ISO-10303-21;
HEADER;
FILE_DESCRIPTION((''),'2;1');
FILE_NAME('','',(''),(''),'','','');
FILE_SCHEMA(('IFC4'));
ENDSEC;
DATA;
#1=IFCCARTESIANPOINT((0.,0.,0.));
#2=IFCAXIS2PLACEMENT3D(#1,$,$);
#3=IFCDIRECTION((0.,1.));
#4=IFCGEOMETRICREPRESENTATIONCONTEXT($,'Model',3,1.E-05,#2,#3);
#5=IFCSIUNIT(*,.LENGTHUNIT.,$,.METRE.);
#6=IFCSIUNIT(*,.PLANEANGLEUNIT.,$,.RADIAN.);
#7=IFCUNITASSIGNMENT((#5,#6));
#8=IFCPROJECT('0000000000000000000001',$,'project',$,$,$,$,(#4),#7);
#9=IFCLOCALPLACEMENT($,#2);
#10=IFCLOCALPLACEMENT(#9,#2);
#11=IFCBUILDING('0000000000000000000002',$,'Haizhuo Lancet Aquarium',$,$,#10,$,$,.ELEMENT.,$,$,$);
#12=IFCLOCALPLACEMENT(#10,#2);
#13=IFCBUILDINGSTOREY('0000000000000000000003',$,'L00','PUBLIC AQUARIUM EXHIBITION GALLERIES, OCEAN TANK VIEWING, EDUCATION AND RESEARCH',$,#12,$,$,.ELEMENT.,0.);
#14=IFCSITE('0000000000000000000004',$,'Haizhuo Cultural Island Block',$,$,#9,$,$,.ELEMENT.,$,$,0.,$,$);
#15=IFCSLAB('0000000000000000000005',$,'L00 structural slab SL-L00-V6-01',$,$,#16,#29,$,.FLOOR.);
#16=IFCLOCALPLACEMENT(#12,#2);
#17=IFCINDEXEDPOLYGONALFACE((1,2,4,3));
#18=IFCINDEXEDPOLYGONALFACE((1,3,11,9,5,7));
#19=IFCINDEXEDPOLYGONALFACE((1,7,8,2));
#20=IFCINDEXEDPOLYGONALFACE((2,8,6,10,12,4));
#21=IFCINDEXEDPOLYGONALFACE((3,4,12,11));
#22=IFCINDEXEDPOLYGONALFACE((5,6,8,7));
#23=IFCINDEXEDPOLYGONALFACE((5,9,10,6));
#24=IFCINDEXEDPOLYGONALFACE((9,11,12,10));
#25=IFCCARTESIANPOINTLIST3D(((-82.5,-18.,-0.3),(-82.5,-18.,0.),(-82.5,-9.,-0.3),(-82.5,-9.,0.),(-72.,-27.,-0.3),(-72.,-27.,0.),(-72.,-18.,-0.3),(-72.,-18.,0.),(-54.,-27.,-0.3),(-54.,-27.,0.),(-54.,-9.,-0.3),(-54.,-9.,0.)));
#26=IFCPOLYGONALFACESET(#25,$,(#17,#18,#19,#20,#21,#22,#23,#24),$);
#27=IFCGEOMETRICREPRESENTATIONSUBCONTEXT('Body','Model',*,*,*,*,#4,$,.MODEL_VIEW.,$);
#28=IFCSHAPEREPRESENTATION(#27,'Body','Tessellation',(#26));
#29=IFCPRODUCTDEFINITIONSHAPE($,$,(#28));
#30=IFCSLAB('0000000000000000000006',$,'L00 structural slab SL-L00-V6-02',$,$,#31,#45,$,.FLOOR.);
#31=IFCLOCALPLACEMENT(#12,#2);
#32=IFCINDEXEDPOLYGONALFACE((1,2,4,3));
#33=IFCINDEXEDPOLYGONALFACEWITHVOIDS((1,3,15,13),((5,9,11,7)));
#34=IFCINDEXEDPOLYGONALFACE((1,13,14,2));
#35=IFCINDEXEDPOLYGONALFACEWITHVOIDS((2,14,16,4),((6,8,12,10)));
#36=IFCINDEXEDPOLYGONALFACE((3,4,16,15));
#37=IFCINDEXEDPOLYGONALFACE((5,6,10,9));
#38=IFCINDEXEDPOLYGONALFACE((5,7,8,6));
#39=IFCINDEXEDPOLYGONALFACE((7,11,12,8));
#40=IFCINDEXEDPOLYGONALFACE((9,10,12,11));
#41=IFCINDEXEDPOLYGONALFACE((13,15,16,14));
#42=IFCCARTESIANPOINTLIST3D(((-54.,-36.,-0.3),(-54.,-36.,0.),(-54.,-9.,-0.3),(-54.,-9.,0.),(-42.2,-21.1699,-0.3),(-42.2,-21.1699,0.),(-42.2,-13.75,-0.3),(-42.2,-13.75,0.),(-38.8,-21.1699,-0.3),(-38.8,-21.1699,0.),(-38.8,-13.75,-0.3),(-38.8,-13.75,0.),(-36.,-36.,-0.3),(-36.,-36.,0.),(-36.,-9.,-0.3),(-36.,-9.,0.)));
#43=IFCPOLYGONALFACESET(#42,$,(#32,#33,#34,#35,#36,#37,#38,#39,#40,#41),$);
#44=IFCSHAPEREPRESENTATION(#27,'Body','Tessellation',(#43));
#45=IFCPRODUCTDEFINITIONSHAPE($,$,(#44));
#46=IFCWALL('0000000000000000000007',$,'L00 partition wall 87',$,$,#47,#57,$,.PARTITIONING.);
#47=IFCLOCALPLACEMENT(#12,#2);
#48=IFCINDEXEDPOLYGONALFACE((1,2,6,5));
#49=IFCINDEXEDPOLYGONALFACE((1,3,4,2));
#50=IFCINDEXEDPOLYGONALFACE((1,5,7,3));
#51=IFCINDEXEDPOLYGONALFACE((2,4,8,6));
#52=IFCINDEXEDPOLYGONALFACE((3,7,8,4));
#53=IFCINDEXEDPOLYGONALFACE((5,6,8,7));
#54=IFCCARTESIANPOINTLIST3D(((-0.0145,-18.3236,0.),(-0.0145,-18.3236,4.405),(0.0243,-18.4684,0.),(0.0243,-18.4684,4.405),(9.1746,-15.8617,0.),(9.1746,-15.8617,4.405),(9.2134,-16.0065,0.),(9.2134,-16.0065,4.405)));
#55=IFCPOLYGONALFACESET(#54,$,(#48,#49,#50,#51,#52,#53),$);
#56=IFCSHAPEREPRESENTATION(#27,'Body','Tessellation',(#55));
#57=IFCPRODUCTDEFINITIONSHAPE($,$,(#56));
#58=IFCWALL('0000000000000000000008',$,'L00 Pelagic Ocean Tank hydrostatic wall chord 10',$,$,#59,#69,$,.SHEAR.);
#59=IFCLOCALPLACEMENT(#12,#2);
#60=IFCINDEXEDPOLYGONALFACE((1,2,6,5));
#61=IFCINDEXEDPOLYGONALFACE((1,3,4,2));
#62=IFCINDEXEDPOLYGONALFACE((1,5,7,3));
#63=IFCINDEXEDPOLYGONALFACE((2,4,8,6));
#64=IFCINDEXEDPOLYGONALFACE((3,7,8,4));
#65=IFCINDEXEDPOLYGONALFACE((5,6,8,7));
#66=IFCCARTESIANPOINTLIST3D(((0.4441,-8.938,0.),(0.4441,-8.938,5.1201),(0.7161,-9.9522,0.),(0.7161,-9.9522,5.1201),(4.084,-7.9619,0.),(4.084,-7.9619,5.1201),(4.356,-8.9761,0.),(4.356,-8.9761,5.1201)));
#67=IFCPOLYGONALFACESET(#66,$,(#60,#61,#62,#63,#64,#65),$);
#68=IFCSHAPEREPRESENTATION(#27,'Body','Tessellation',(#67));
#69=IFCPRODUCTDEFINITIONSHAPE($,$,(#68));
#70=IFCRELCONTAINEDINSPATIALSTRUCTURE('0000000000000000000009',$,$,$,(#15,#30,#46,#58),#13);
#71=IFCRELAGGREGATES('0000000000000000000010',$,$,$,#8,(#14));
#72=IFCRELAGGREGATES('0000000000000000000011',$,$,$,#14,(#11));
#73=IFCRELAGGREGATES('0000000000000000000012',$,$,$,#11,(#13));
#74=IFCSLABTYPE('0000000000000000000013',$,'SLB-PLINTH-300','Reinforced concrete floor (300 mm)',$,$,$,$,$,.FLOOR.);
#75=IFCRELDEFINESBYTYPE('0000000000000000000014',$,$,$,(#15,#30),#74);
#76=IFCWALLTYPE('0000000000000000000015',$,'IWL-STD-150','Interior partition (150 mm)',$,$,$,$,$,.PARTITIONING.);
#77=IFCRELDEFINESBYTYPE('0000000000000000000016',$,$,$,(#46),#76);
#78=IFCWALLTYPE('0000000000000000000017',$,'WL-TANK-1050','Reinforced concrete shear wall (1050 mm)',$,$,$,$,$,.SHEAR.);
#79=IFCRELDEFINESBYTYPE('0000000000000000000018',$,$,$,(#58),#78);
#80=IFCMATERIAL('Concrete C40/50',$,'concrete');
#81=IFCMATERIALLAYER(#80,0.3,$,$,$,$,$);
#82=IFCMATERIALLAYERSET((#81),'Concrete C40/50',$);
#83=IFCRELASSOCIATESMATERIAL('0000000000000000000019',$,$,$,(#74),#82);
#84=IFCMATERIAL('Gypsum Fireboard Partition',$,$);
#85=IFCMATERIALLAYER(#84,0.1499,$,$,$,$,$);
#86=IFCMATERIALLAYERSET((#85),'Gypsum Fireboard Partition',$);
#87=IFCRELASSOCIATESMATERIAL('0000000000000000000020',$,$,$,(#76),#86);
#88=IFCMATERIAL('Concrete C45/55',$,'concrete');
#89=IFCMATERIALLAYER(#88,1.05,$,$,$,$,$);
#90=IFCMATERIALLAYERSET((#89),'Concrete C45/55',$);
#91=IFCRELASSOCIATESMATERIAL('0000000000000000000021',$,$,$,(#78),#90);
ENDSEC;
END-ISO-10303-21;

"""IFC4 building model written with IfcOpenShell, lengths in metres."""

from ifc_helpers import new_model, si_unit, direction, frame, frame_2d, origin, place, context, subcontext, project, spatial, polyline, rectangle, outline, extrude, material, layer, layer_set, type_object, element, save


model = new_model("IFC4")

# Units and contexts
model_context = context("Model", 3, precision=1e-05, world=origin(), true_north=direction((0.0, 1.0)))
body_context = subcontext(model_context, "Body", "Model", "MODEL_VIEW")
ifc_project = project(units=[si_unit("LENGTHUNIT", "METRE"), si_unit("PLANEANGLEUNIT", "RADIAN")], contexts=[model_context])

# Site, building, storey
site_placement = place(None, origin())
site = spatial("IfcSite", under=ifc_project, at=site_placement, Name="Haizhuo Cultural Island Block", CompositionType="ELEMENT", RefElevation=0.0)
building_placement = place(site_placement, origin())
building = spatial("IfcBuilding", under=site, at=building_placement, Name="Haizhuo Lancet Aquarium", CompositionType="ELEMENT")
storey_placement = place(building_placement, origin())
storey = spatial("IfcBuildingStorey", under=building, at=storey_placement, Name="L00", Description="PUBLIC AQUARIUM EXHIBITION GALLERIES, OCEAN TANK VIEWING, EDUCATION AND RESEARCH", CompositionType="ELEMENT", Elevation=0.0)

# Slabs
ifc_material_1 = material(Name="Concrete C45/55", Category="concrete")
ifc_material_2 = material(Name="Concrete C40/50", Category="concrete")
ifc_layer_1 = layer(ifc_material_2, 0.3)
ifc_layer_set_1 = layer_set([ifc_layer_1], Name="Concrete C40/50")
slab_type_1 = type_object("IfcSlabType", Name="SLB-PLINTH-300", Description="Reinforced concrete floor (300 mm)", PredefinedType="FLOOR", material=ifc_layer_set_1)
slab_1_placement = place(storey_placement, frame((0.0, 0.0, -0.3)))
element("IfcSlab", 1, at=slab_1_placement, inside=storey, type_object=slab_type_1, Name="L00 structural slab SL-L00-V6-01", PredefinedType="FLOOR", context=body_context, shape_type="SweptSolid", body=[
    extrude(outline(polyline([(-72.0, -27.0), (-54.0, -27.0), (-54.0, -9.0), (-82.5, -9.0), (-82.5, -18.0), (-72.0, -18.0), (-72.0, -27.0)])), origin(), (0.0, 0.0, 1.0), 0.3),
])
slab_2_placement = place(storey_placement, frame((0.0, 0.0, -0.3)))
element("IfcSlab", 2, at=slab_2_placement, inside=storey, type_object=slab_type_1, Name="L00 structural slab SL-L00-V6-02", PredefinedType="FLOOR", context=body_context, shape_type="SweptSolid", body=[
    extrude(outline(polyline([(-54.0, -9.0), (-54.0, -36.0), (-36.0, -36.0), (-36.0, -9.0), (-54.0, -9.0)]), holes=[polyline([(-38.8, -21.1699), (-38.8, -13.75), (-42.2, -13.75), (-42.2, -21.1699), (-38.8, -21.1699)])]), origin(), (0.0, 0.0, 1.0), 0.3),
])

# Walls
ifc_material_3 = material(Name="Gypsum Fireboard Partition")
ifc_layer_2 = layer(ifc_material_3, 0.1499)
ifc_layer_set_2 = layer_set([ifc_layer_2], Name="Gypsum Fireboard Partition")
wall_type_1 = type_object("IfcWallType", Name="IWL-STD-150", Description="Interior partition (150 mm)", PredefinedType="PARTITIONING", material=ifc_layer_set_2)
wall_1_placement = place(storey_placement, frame((0.0049, -18.396, 0.0), z_axis=(0.0, 0.0, 1.0), x_axis=(0.965934, 0.258787, 0.0)))
element("IfcWall", 3, at=wall_1_placement, inside=storey, type_object=wall_type_1, Name="L00 partition wall 87", PredefinedType="PARTITIONING", context=body_context, shape_type="SweptSolid", body=[
    extrude(rectangle(XDim=9.5132, YDim=0.1499, at=frame_2d((4.7566, 0.0))), origin(), (0.0, 0.0, 1.0), 4.405),
])
ifc_layer_3 = layer(ifc_material_1, 1.05)
ifc_layer_set_3 = layer_set([ifc_layer_3], Name="Concrete C45/55")
wall_type_2 = type_object("IfcWallType", Name="WL-TANK-1050", Description="Reinforced concrete shear wall (1050 mm)", PredefinedType="SHEAR", material=ifc_layer_set_3)
wall_2_placement = place(storey_placement, frame((0.5801, -9.4451, 0.0), z_axis=(0.0, 0.0, 1.0), x_axis=(0.965875, 0.259009, 0.0)))
element("IfcWall", 4, at=wall_2_placement, inside=storey, type_object=wall_type_2, Name="L00 Pelagic Ocean Tank hydrostatic wall chord 10", PredefinedType="SHEAR", context=body_context, shape_type="SweptSolid", body=[
    extrude(rectangle(XDim=3.7686, YDim=1.05, at=frame_2d((1.8843, 0.0))), origin(), (0.0, 0.0, 1.0), 5.1201),
])

save(model, "model.ifc")
